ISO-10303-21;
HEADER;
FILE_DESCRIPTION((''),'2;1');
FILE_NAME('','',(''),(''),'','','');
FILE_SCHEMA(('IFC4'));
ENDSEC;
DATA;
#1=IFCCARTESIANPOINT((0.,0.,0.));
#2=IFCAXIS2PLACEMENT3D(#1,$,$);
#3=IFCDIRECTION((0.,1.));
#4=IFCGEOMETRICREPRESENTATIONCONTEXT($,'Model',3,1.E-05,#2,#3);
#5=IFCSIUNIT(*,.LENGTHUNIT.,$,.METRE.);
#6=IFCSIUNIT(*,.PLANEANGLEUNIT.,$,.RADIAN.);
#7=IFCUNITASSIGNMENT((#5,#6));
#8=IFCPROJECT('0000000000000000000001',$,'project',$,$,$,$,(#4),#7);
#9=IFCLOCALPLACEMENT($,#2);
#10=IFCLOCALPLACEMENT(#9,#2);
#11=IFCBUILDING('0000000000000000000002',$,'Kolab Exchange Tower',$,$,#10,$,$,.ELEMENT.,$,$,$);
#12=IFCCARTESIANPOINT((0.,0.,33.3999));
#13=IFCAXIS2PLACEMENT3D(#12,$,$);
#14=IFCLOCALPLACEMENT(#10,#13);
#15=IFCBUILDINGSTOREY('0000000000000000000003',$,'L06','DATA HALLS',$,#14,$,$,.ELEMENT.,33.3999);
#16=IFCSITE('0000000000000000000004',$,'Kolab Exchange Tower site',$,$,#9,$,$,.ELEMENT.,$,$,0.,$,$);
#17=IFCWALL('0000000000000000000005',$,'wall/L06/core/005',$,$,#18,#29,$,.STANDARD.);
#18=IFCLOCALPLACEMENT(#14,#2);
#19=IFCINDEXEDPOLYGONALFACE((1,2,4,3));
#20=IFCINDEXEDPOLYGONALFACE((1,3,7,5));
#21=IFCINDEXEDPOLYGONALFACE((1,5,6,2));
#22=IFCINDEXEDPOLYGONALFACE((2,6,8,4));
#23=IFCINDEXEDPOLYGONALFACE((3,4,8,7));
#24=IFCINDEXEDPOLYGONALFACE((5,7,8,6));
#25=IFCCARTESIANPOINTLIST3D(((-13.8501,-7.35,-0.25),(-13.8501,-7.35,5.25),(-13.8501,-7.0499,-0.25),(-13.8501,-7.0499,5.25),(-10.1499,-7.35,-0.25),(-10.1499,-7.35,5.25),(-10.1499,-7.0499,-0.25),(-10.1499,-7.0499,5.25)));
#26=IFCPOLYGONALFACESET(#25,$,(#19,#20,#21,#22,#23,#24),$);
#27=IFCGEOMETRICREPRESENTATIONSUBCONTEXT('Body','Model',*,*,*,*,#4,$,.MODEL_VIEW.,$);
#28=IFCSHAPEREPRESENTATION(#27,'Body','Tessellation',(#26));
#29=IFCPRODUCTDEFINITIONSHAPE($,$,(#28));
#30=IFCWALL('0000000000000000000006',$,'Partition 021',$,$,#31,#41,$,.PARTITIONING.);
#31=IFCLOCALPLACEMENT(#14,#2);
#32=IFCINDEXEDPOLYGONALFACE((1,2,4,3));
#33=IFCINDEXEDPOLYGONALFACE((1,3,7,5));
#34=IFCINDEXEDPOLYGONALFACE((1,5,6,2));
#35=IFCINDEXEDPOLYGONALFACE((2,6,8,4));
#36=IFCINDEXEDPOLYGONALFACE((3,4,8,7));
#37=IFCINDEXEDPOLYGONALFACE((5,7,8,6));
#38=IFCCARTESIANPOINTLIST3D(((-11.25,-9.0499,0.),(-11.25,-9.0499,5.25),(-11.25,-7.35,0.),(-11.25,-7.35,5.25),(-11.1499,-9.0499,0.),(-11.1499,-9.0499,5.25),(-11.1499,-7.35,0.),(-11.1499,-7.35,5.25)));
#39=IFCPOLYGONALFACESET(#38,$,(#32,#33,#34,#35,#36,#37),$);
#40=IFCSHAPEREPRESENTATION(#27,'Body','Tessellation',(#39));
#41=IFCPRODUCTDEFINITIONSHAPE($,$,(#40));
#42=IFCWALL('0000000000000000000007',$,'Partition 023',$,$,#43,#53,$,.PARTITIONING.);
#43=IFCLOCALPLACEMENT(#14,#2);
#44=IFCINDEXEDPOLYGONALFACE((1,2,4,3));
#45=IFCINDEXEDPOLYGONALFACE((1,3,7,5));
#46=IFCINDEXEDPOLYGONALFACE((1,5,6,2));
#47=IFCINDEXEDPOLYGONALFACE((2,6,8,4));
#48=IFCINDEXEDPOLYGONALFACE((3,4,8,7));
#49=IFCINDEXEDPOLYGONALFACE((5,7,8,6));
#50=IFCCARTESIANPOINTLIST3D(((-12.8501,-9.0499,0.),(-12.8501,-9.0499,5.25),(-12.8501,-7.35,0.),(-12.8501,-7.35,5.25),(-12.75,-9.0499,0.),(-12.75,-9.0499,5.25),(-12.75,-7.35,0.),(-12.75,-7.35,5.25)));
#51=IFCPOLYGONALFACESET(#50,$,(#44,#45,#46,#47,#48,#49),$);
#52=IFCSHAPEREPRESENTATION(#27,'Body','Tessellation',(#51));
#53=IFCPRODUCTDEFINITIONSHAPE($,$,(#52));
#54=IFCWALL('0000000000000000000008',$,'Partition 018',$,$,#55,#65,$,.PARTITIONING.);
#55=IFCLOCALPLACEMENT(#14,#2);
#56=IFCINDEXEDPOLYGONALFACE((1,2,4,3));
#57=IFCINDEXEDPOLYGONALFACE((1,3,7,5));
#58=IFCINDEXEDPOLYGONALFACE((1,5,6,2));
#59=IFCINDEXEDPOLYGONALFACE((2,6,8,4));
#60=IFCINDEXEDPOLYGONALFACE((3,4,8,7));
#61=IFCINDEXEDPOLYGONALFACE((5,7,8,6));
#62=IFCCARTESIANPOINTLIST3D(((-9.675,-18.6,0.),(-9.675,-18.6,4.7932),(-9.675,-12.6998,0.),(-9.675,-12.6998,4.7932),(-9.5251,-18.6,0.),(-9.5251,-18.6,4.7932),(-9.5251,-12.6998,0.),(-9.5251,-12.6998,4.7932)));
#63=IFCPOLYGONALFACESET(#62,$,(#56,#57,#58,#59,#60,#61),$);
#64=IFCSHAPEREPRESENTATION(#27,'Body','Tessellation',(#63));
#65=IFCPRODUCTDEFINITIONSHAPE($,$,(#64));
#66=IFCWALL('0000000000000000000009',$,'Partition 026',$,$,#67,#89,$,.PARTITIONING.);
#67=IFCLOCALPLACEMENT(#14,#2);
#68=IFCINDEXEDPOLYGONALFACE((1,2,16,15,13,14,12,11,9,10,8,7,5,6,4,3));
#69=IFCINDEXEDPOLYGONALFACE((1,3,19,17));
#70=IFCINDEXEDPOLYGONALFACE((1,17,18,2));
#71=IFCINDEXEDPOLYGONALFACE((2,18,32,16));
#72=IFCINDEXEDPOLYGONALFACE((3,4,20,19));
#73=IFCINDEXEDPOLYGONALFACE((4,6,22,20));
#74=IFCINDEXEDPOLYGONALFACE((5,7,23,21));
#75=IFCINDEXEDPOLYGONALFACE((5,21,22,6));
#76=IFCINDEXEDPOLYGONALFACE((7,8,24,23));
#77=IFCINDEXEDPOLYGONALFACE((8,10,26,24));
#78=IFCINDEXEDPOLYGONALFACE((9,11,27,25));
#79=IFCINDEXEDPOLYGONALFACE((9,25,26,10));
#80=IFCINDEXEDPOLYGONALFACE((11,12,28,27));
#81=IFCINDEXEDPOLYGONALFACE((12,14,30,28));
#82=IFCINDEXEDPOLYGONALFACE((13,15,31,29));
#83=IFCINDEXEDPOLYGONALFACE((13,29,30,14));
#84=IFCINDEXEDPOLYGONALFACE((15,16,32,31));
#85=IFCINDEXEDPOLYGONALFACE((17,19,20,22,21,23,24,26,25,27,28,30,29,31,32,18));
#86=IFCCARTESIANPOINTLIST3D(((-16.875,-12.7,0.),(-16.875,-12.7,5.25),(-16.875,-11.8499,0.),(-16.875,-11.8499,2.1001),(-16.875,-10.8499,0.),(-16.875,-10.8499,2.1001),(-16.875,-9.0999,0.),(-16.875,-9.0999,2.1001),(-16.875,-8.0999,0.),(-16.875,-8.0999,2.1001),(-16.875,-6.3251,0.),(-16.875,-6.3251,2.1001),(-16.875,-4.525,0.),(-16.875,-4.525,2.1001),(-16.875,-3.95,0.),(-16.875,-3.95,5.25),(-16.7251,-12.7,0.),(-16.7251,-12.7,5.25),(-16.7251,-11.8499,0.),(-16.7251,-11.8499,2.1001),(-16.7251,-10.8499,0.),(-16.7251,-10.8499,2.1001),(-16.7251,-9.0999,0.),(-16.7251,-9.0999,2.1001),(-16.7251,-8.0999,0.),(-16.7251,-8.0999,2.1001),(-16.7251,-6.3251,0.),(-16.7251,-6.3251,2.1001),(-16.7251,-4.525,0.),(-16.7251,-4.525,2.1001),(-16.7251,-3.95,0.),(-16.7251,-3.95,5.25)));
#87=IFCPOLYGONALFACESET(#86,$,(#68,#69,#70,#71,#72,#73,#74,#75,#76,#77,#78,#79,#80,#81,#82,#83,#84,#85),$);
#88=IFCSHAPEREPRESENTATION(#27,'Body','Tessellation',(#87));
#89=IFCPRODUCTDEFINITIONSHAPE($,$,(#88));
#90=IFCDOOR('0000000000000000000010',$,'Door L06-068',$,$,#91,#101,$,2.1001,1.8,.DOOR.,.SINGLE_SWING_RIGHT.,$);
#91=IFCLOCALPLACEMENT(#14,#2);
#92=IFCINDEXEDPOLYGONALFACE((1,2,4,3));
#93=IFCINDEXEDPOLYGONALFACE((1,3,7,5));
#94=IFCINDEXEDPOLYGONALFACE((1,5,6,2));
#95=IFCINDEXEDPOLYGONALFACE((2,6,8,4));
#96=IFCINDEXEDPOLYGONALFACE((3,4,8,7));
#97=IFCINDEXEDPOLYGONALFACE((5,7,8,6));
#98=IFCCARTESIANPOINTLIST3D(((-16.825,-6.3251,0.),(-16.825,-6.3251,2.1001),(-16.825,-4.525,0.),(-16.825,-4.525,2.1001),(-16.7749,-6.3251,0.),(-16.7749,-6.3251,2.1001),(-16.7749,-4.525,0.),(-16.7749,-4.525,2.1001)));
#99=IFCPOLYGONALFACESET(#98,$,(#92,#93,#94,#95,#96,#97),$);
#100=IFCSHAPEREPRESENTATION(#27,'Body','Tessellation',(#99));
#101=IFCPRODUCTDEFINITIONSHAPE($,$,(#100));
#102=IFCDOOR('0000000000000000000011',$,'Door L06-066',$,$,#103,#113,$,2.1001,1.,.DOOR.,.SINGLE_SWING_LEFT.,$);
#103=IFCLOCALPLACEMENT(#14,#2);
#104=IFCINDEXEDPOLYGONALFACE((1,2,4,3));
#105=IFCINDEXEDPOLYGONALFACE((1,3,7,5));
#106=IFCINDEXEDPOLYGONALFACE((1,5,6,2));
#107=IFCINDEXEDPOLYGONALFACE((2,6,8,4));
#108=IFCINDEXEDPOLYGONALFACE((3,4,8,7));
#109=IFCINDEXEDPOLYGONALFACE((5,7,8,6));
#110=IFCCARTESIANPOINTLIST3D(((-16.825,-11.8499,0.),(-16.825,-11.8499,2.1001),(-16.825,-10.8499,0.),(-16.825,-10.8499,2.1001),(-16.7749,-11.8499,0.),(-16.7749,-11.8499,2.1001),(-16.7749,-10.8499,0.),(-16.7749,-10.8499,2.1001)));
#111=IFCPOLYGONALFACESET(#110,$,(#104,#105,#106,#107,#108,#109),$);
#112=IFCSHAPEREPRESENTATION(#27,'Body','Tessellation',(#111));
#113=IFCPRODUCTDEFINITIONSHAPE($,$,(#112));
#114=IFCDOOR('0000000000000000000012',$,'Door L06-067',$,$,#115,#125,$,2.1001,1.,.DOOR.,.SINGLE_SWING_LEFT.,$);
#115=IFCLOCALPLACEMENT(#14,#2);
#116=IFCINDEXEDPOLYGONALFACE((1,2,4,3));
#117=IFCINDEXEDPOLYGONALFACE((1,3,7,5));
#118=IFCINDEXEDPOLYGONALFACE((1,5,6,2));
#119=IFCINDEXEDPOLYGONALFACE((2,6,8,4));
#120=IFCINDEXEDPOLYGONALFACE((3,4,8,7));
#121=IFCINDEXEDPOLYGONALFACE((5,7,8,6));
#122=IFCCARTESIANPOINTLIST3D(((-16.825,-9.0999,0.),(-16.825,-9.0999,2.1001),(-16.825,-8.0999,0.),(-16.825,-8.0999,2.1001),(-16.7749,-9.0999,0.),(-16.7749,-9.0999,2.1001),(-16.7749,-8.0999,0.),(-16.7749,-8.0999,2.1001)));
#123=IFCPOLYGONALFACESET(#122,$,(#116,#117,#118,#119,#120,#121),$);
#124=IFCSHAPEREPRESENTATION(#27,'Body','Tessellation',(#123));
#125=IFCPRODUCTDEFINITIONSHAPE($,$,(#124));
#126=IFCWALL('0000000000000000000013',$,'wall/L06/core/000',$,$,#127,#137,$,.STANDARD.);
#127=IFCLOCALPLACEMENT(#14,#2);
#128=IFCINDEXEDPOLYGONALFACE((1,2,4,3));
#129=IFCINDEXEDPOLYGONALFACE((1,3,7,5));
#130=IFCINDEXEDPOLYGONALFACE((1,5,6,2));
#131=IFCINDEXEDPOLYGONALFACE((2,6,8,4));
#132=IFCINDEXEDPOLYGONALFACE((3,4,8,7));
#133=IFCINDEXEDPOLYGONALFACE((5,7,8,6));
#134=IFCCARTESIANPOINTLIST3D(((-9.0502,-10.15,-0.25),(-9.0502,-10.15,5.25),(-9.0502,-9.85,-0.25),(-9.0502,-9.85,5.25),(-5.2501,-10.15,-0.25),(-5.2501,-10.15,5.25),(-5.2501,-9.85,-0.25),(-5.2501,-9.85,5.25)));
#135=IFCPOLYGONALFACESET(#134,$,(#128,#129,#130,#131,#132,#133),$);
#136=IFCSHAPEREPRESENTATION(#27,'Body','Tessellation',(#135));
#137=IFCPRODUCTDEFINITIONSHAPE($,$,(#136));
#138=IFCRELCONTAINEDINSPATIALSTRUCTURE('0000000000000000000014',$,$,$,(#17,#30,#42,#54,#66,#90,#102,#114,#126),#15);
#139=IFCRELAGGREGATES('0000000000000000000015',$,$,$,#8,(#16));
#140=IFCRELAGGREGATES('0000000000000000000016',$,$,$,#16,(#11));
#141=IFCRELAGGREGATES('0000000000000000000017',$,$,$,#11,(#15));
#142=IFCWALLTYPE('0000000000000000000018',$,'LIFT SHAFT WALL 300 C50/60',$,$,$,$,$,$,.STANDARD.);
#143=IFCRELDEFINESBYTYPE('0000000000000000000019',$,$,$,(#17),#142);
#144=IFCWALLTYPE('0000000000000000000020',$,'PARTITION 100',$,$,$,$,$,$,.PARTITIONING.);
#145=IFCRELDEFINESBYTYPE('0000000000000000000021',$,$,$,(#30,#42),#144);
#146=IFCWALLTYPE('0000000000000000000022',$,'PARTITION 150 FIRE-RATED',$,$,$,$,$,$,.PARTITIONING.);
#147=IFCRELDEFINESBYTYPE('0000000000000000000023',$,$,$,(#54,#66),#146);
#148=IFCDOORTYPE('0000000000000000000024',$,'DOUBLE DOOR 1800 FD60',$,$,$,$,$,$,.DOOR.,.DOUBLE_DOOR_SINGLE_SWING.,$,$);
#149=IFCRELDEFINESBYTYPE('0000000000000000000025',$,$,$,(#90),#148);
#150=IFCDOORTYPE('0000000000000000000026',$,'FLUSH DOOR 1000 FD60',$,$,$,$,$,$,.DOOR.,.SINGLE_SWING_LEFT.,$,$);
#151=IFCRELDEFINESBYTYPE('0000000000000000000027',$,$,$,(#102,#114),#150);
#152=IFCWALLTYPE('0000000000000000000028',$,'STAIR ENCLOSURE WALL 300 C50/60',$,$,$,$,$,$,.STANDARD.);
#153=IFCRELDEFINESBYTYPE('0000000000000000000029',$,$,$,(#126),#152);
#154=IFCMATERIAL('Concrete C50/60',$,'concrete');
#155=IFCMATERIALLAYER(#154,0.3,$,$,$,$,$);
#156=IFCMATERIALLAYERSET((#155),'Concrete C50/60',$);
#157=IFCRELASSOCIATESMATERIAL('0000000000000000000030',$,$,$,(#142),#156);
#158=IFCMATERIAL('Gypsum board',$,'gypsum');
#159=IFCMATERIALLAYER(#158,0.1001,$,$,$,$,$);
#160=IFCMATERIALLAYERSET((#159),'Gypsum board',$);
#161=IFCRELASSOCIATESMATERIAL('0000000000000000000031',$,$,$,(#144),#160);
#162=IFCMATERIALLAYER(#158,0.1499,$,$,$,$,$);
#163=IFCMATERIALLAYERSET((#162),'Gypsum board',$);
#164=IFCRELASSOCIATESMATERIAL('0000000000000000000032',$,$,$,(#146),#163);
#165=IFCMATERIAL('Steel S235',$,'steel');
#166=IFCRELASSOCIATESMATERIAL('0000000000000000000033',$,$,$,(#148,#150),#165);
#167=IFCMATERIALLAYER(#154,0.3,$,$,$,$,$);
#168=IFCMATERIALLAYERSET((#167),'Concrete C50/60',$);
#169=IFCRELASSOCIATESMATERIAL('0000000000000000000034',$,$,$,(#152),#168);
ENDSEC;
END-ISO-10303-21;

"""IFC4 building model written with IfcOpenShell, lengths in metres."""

from ifc_helpers import new_model, si_unit, direction, frame, frame_2d, origin, place, context, subcontext, project, spatial, rectangle, extrude, material, layer, layer_set, type_object, element, fill, save


model = new_model("IFC4")

# Units and contexts
model_context = context("Model", 3, precision=1e-05, world=origin(), true_north=direction((0.0, 1.0)))
body_context = subcontext(model_context, "Body", "Model", "MODEL_VIEW")
ifc_project = project(units=[si_unit("LENGTHUNIT", "METRE"), si_unit("PLANEANGLEUNIT", "RADIAN")], contexts=[model_context])

# Site, building, storey
site_placement = place(None, origin())
site = spatial("IfcSite", under=ifc_project, at=site_placement, Name="Kolab Exchange Tower site", CompositionType="ELEMENT", RefElevation=0.0)
building_placement = place(site_placement, origin())
building = spatial("IfcBuilding", under=site, at=building_placement, Name="Kolab Exchange Tower", CompositionType="ELEMENT")
storey_placement = place(building_placement, frame((0.0, 0.0, 33.3999)))
storey = spatial("IfcBuildingStorey", under=building, at=storey_placement, Name="L06", Description="DATA HALLS", CompositionType="ELEMENT", Elevation=33.3999)

# Shared definitions
ifc_material_1 = material(Name="Steel S235", Category="steel")

# Walls
ifc_material_2 = material(Name="Concrete C50/60", Category="concrete")
ifc_layer_1 = layer(ifc_material_2, 0.3)
ifc_layer_set_1 = layer_set([ifc_layer_1], Name="Concrete C50/60")
wall_type_1 = type_object("IfcWallType", Name="LIFT SHAFT WALL 300 C50/60", PredefinedType="STANDARD", material=ifc_layer_set_1)
wall_1_placement = place(storey_placement, frame((-13.8501, -7.2, -0.25), z_axis=(0.0, 0.0, 1.0), x_axis=(1.0, 0.0, 0.0)))
element("IfcWall", 1, at=wall_1_placement, inside=storey, type_object=wall_type_1, Name="wall/L06/core/005", PredefinedType="STANDARD", context=body_context, shape_type="SweptSolid", body=[
    extrude(rectangle(XDim=3.7002, YDim=0.3, at=frame_2d((1.8501, 0.0))), origin(), (0.0, 0.0, 1.0), 5.5),
])
ifc_material_3 = material(Name="Gypsum board", Category="gypsum")
ifc_layer_2 = layer(ifc_material_3, 0.1001)
ifc_layer_set_2 = layer_set([ifc_layer_2], Name="Gypsum board")
wall_type_2 = type_object("IfcWallType", Name="PARTITION 100", PredefinedType="PARTITIONING", material=ifc_layer_set_2)
for number, where, z_axis, x_axis, name in (
    (2, (-11.2, -9.05, 0.0), (0.0, 0.0, 1.0), (0.0, 1.0, 0.0), "Partition 021"),
    (3, (-12.8, -9.05, 0.0), (0.0, 0.0, 1.0), (0.0, 1.0, 0.0), "Partition 023"),
):
    element("IfcWall", number, at=place(storey_placement, frame(where, z_axis=z_axis, x_axis=x_axis)), inside=storey, type_object=wall_type_2, Name=name, PredefinedType="PARTITIONING", context=body_context, shape_type="SweptSolid", body=[
        extrude(rectangle(XDim=1.7, YDim=0.1001, at=frame_2d((0.8501, 0.0))), origin(), (0.0, 0.0, 1.0), 5.25),
    ])
ifc_layer_3 = layer(ifc_material_3, 0.1499)
ifc_layer_set_3 = layer_set([ifc_layer_3], Name="Gypsum board")
wall_type_3 = type_object("IfcWallType", Name="PARTITION 150 FIRE-RATED", PredefinedType="PARTITIONING", material=ifc_layer_set_3)
wall_2_placement = place(storey_placement, frame((-9.6001, -18.6001, 0.0), z_axis=(0.0, 0.0, 1.0), x_axis=(0.0, 1.0, 0.0)))
element("IfcWall", 4, at=wall_2_placement, inside=storey, type_object=wall_type_3, Name="Partition 018", PredefinedType="PARTITIONING", context=body_context, shape_type="SweptSolid", body=[
    extrude(rectangle(XDim=5.9001, YDim=0.1499, at=frame_2d((2.9502, 0.0))), origin(), (0.0, 0.0, 1.0), 4.7932),
])

# Wall, openings, doors
wall_3_placement = place(storey_placement, frame((-16.8, -12.7, 0.0), z_axis=(0.0, 0.0, 1.0), x_axis=(0.0, 1.0, 0.0)))
wall_3 = element("IfcWall", 5, at=wall_3_placement, inside=storey, type_object=wall_type_3, Name="Partition 026", PredefinedType="PARTITIONING", context=body_context, shape_type="SweptSolid", body=[
    extrude(rectangle(XDim=8.75, YDim=0.1499, at=frame_2d((4.375, 0.0))), origin(), (0.0, 0.0, 1.0), 5.25),
])
opening_1_placement = place(wall_3_placement, frame((0.8501, 0.0, 0.0)))
opening_1 = element("IfcOpeningElement", 6, at=opening_1_placement, cuts=wall_3, PredefinedType="OPENING", context=body_context, shape_type="SweptSolid", body=[
    extrude(rectangle(XDim=1.0, YDim=2.1001, at=frame_2d((0.5, 1.05))), frame((0.0, 0.085, 0.0), z_axis=(0.0, -1.0, 0.0), x_axis=(1.0, 0.0, 0.0)), (0.0, 0.0, 1.0), 0.1699),
])
opening_2_placement = place(wall_3_placement, frame((3.6001, 0.0, 0.0)))
opening_2 = element("IfcOpeningElement", 7, at=opening_2_placement, cuts=wall_3, PredefinedType="OPENING", context=body_context, shape_type="SweptSolid", body=[
    extrude(rectangle(XDim=1.0, YDim=2.1001, at=frame_2d((0.5, 1.05))), frame((0.0, 0.085, 0.0), z_axis=(0.0, -1.0, 0.0), x_axis=(1.0, 0.0, 0.0)), (0.0, 0.0, 1.0), 0.1699),
])
opening_3_placement = place(wall_3_placement, frame((6.375, 0.0, 0.0)))
opening_3 = element("IfcOpeningElement", 8, at=opening_3_placement, cuts=wall_3, PredefinedType="OPENING", context=body_context, shape_type="SweptSolid", body=[
    extrude(rectangle(XDim=1.8, YDim=2.1001, at=frame_2d((0.8999, 1.05))), frame((0.0, 0.085, 0.0), z_axis=(0.0, -1.0, 0.0), x_axis=(1.0, 0.0, 0.0)), (0.0, 0.0, 1.0), 0.1699),
])
door_type_1 = type_object("IfcDoorType", Name="DOUBLE DOOR 1800 FD60", OperationType="DOUBLE_DOOR_SINGLE_SWING", PredefinedType="DOOR", material=ifc_material_1)
door_1_placement = place(opening_3_placement, origin())
door_1 = element("IfcDoor", 9, at=door_1_placement, inside=storey, type_object=door_type_1, Name="Door L06-068", OperationType="SINGLE_SWING_RIGHT", OverallHeight=2.1001, OverallWidth=1.8, PredefinedType="DOOR", context=body_context, shape_type="SweptSolid", body=[
    extrude(rectangle(XDim=1.8, YDim=2.1001, at=frame_2d((0.8999, 1.05))), frame((0.0, 0.0249, 0.0), z_axis=(0.0, -1.0, 0.0), x_axis=(1.0, 0.0, 0.0)), (0.0, 0.0, 1.0), 0.05),
])
fill(opening_3, door_1)
door_type_2 = type_object("IfcDoorType", Name="FLUSH DOOR 1000 FD60", OperationType="SINGLE_SWING_LEFT", PredefinedType="DOOR", material=ifc_material_1)
door_2_placement = place(opening_1_placement, origin())
door_2 = element("IfcDoor", 10, at=door_2_placement, inside=storey, type_object=door_type_2, Name="Door L06-066", OperationType="SINGLE_SWING_LEFT", OverallHeight=2.1001, OverallWidth=1.0, PredefinedType="DOOR", context=body_context, shape_type="SweptSolid", body=[
    extrude(rectangle(XDim=1.0, YDim=2.1001, at=frame_2d((0.5, 1.05))), frame((0.0, 0.0249, 0.0), z_axis=(0.0, -1.0, 0.0), x_axis=(1.0, 0.0, 0.0)), (0.0, 0.0, 1.0), 0.05),
])
fill(opening_1, door_2)
door_3_placement = place(opening_2_placement, origin())
door_3 = element("IfcDoor", 11, at=door_3_placement, inside=storey, type_object=door_type_2, Name="Door L06-067", OperationType="SINGLE_SWING_LEFT", OverallHeight=2.1001, OverallWidth=1.0, PredefinedType="DOOR", context=body_context, shape_type="SweptSolid", body=[
    extrude(rectangle(XDim=1.0, YDim=2.1001, at=frame_2d((0.5, 1.05))), frame((0.0, 0.0249, 0.0), z_axis=(0.0, -1.0, 0.0), x_axis=(1.0, 0.0, 0.0)), (0.0, 0.0, 1.0), 0.05),
])
fill(opening_2, door_3)

# Wall
ifc_layer_4 = layer(ifc_material_2, 0.3)
ifc_layer_set_4 = layer_set([ifc_layer_4], Name="Concrete C50/60")
wall_type_4 = type_object("IfcWallType", Name="STAIR ENCLOSURE WALL 300 C50/60", PredefinedType="STANDARD", material=ifc_layer_set_4)
wall_4_placement = place(storey_placement, frame((-9.05, -10.0, -0.25), z_axis=(0.0, 0.0, 1.0), x_axis=(1.0, 0.0, 0.0)))
element("IfcWall", 12, at=wall_4_placement, inside=storey, type_object=wall_type_4, Name="wall/L06/core/000", PredefinedType="STANDARD", context=body_context, shape_type="SweptSolid", body=[
    extrude(rectangle(XDim=3.8, YDim=0.3, at=frame_2d((1.8999, 0.0))), origin(), (0.0, 0.0, 1.0), 5.5),
])

save(model, "model.ifc")
